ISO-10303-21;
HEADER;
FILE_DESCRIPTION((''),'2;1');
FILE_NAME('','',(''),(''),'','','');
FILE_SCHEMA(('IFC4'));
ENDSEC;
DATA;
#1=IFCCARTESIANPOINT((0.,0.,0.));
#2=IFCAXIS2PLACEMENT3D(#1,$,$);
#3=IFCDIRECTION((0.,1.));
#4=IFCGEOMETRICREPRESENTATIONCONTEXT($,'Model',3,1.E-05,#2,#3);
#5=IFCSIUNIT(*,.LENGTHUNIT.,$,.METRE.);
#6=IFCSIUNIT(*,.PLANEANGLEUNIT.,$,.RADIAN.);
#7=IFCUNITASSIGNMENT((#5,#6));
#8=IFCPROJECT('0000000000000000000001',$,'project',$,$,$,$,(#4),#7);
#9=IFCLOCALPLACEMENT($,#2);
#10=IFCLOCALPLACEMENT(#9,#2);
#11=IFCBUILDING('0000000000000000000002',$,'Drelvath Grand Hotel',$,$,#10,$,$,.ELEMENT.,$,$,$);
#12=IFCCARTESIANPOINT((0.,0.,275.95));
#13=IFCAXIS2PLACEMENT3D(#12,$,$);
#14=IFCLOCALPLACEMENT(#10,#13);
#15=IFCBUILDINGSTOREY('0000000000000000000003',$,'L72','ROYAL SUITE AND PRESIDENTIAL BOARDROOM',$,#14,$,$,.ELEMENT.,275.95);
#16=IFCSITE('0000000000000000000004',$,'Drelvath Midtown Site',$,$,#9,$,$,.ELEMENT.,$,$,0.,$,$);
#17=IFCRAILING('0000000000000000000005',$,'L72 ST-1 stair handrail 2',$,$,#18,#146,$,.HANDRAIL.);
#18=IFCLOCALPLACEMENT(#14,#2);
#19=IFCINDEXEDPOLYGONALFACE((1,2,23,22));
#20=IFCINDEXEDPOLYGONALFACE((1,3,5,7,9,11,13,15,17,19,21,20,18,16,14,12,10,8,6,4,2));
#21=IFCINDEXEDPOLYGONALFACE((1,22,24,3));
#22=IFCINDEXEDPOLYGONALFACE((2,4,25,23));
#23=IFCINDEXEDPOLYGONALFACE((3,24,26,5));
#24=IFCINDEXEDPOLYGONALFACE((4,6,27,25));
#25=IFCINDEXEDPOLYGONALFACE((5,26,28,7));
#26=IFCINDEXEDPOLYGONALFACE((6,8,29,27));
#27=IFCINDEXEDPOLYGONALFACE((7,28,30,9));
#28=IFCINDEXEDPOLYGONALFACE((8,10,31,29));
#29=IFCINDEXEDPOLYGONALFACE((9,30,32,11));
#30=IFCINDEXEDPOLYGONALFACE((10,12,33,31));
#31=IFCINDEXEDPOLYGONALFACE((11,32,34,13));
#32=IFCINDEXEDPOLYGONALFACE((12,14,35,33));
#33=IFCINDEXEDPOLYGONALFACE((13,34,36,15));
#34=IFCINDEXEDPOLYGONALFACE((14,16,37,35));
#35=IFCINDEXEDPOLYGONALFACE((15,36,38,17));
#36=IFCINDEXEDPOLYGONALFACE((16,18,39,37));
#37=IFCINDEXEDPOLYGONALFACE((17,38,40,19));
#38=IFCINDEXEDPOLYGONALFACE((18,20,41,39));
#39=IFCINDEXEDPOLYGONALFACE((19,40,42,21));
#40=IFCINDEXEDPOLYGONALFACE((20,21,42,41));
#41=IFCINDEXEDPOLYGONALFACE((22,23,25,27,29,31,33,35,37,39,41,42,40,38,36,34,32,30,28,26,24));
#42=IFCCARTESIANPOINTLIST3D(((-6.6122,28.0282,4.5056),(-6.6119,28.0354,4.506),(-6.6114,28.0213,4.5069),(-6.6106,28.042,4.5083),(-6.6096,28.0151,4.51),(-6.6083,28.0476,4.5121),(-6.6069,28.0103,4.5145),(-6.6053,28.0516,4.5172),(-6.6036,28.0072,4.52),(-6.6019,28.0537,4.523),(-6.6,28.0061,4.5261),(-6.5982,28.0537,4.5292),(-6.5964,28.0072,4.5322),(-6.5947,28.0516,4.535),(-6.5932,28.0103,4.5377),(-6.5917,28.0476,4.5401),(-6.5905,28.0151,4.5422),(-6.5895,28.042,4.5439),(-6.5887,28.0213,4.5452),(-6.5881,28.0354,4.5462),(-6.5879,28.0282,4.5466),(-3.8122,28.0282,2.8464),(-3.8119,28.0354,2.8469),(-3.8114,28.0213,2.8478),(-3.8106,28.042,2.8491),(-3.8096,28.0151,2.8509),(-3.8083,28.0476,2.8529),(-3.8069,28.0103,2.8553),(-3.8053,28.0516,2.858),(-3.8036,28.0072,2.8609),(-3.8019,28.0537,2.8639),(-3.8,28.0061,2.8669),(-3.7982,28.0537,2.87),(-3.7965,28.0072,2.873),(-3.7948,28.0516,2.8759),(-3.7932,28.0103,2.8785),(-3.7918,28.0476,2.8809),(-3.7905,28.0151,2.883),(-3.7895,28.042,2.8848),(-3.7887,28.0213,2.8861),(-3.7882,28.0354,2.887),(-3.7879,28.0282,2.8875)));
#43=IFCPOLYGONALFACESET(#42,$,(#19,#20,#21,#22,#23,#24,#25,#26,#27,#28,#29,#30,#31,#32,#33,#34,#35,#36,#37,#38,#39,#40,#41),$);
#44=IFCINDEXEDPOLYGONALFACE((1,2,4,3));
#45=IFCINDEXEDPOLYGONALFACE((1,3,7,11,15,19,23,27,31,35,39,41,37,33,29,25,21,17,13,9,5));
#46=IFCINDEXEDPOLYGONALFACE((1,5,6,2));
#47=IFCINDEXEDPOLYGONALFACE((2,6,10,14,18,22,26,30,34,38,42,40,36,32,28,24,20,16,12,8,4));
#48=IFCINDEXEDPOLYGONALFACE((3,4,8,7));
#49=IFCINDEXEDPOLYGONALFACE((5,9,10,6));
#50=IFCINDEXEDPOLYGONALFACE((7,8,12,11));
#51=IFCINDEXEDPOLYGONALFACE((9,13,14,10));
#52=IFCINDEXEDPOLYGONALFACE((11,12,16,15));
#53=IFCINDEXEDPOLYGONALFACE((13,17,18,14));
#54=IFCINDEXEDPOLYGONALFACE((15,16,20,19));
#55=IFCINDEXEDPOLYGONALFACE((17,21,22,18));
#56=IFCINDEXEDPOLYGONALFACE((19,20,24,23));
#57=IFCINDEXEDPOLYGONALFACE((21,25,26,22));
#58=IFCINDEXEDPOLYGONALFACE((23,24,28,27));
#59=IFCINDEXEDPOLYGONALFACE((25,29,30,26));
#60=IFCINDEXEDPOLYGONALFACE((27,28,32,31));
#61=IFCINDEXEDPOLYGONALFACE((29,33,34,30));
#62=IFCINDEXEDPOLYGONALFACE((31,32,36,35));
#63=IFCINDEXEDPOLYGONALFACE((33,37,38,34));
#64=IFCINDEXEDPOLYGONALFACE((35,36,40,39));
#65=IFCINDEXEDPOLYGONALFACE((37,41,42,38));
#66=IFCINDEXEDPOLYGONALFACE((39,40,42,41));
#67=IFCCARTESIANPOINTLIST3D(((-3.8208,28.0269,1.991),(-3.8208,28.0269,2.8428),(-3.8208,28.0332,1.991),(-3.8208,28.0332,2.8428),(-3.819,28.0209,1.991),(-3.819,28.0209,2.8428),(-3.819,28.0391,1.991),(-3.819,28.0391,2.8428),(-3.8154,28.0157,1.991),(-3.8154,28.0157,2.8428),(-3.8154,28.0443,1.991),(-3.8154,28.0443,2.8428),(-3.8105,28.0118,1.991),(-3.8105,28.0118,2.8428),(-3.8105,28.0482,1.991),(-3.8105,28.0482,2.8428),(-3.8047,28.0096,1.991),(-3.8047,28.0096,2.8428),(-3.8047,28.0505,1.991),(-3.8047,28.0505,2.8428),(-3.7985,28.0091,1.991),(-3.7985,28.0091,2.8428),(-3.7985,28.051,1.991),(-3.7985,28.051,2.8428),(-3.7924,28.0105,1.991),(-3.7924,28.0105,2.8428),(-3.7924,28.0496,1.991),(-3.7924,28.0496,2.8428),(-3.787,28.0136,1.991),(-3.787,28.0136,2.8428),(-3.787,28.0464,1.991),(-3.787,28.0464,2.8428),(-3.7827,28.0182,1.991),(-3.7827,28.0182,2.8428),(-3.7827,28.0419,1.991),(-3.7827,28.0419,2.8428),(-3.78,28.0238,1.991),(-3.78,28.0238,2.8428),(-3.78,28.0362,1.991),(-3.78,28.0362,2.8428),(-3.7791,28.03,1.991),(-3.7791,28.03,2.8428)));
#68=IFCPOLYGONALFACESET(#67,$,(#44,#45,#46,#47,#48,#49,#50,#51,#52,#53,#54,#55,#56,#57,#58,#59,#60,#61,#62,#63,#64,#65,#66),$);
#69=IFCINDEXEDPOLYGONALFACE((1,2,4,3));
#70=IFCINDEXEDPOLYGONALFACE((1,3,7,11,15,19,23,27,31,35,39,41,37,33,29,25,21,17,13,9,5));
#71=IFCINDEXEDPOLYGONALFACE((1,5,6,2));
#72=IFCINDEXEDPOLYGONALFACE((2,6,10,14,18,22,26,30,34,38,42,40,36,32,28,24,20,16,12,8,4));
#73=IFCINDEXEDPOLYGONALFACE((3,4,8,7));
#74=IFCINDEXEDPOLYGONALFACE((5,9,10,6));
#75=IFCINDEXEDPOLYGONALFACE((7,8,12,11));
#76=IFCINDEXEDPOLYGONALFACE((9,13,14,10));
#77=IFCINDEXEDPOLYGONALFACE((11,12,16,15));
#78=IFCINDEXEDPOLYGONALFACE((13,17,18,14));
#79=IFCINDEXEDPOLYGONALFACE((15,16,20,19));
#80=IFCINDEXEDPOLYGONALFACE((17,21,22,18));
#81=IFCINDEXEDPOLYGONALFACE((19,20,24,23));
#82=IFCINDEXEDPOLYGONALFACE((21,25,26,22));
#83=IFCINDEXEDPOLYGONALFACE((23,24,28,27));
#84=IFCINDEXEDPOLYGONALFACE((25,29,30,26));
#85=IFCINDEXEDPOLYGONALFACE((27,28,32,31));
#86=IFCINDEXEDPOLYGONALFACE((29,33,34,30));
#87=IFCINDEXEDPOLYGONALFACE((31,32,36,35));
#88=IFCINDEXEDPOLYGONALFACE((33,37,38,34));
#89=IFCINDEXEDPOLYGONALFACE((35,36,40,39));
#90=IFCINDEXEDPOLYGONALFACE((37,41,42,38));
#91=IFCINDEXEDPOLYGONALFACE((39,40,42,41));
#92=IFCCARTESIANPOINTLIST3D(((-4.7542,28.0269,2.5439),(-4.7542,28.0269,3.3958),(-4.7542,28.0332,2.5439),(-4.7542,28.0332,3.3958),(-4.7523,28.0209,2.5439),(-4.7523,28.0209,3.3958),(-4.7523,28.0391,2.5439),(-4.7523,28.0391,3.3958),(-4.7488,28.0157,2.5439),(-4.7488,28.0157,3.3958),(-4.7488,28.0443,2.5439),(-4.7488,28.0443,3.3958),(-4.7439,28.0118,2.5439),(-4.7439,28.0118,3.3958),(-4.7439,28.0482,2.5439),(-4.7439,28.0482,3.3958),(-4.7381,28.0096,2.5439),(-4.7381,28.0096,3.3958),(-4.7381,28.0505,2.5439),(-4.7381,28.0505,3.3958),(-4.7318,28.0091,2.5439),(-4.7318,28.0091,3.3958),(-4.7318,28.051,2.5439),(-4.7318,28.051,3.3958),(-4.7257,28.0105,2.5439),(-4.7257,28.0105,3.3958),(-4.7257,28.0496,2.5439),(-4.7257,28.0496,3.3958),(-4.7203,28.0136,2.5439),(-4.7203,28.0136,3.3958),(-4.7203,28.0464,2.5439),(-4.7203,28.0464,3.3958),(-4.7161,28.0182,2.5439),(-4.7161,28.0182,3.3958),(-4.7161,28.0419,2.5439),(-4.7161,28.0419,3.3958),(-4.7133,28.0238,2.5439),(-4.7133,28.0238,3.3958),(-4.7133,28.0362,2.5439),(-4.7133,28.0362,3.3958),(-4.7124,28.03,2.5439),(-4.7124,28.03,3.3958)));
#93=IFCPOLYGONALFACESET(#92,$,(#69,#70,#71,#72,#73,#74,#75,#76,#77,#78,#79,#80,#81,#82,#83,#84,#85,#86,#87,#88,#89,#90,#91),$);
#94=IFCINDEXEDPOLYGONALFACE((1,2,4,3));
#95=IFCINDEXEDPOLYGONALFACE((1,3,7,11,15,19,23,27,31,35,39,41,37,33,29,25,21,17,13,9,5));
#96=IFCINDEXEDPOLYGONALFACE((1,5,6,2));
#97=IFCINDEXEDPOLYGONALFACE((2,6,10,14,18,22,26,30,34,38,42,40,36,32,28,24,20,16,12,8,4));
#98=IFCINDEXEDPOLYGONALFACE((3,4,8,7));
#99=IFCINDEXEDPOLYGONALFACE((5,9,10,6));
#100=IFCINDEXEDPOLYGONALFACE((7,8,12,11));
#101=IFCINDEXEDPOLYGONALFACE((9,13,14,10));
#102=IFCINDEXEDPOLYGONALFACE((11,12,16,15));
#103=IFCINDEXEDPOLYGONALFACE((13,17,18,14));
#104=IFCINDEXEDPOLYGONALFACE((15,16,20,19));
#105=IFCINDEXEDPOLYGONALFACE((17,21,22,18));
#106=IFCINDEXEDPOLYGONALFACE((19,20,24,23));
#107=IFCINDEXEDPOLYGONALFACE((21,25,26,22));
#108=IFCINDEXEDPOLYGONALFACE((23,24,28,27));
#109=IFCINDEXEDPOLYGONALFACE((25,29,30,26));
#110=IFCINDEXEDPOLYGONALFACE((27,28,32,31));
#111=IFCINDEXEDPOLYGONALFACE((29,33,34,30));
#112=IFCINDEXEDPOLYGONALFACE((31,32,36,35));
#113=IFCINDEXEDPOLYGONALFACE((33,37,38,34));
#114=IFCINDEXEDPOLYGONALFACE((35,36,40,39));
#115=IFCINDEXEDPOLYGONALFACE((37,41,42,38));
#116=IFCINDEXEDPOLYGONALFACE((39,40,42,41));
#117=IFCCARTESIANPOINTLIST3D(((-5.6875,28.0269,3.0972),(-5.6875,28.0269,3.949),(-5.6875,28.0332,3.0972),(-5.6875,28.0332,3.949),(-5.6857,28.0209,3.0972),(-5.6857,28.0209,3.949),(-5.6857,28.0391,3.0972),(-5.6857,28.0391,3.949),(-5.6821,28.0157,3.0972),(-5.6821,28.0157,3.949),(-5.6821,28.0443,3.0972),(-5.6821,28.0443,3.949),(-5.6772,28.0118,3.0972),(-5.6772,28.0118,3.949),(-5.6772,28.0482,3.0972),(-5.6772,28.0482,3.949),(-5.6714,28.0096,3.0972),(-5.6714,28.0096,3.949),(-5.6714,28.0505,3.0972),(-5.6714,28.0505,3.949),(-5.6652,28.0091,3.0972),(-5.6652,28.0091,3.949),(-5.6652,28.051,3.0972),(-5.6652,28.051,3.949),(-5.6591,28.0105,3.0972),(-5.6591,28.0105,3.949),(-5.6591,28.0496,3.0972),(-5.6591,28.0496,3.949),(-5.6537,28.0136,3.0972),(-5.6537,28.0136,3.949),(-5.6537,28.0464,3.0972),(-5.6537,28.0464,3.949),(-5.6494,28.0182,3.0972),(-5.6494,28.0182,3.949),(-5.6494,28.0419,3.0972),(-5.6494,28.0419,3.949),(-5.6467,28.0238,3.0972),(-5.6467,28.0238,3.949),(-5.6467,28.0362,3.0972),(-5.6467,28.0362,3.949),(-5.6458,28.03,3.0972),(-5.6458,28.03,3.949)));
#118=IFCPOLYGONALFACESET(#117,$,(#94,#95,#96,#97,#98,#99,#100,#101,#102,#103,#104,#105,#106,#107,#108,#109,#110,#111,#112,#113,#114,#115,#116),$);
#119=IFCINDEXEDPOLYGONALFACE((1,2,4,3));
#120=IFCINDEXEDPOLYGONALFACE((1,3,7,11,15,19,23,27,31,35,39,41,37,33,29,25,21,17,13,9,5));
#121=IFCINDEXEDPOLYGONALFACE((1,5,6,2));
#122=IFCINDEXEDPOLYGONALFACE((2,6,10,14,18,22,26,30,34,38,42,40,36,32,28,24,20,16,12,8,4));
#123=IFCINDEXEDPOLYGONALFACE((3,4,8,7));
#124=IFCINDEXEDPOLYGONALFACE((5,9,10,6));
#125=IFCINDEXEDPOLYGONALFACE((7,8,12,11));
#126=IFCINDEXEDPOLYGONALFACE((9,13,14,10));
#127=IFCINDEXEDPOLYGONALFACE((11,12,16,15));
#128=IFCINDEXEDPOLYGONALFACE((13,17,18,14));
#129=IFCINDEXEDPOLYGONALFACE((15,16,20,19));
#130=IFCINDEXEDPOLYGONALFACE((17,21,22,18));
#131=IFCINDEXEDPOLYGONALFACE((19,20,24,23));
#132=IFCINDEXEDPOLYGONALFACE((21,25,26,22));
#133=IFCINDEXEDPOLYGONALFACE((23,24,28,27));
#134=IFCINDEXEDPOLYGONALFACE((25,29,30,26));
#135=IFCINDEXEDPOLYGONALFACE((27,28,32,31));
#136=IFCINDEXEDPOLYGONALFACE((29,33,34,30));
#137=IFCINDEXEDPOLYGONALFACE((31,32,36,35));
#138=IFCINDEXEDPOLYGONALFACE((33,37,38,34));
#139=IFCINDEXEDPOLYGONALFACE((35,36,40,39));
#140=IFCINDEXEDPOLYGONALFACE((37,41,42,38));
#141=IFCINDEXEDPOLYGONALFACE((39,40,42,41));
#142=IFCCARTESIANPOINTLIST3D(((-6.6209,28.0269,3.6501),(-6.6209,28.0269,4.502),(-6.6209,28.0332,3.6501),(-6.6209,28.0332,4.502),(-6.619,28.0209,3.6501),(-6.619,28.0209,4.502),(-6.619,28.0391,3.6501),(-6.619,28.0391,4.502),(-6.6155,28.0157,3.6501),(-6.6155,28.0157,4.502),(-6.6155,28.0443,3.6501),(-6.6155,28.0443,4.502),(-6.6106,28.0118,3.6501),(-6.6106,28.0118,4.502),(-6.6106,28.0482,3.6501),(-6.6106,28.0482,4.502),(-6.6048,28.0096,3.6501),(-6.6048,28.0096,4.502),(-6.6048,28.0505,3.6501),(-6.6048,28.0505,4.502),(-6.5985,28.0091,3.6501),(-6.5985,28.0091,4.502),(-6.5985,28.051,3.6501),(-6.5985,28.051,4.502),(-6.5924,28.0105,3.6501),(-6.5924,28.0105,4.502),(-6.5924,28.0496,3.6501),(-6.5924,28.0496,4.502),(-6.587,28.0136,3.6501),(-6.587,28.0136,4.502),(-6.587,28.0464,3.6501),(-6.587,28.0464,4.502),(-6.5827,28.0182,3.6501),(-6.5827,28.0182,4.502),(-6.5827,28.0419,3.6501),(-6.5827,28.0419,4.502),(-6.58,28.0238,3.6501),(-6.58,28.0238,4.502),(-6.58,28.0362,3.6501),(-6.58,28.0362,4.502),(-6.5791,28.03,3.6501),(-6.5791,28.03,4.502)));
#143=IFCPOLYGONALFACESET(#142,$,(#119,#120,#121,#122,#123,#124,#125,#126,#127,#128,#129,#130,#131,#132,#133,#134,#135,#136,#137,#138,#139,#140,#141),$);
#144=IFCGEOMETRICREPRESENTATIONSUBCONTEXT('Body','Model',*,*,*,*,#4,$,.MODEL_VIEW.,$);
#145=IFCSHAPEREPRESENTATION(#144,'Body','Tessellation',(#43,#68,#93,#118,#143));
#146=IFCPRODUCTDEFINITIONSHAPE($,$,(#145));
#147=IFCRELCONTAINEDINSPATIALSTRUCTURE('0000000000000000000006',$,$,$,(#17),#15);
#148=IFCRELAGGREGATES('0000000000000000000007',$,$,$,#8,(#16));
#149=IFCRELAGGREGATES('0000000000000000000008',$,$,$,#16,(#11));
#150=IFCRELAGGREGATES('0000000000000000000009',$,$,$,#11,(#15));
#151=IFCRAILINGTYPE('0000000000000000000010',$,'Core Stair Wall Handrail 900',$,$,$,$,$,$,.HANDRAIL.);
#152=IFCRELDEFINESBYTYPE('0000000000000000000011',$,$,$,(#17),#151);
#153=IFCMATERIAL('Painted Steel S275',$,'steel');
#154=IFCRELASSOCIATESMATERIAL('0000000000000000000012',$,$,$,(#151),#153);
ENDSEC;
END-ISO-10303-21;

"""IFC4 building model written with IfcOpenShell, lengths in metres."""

from ifc_helpers import new_model, si_unit, direction, frame, origin, origin_2d, place, context, subcontext, project, spatial, circle, extrude, material, type_object, element, save


model = new_model("IFC4")

# Units and contexts
model_context = context("Model", 3, precision=1e-05, world=origin(), true_north=direction((0.0, 1.0)))
body_context = subcontext(model_context, "Body", "Model", "MODEL_VIEW")
ifc_project = project(units=[si_unit("LENGTHUNIT", "METRE"), si_unit("PLANEANGLEUNIT", "RADIAN")], contexts=[model_context])

# Site, building, storey
site_placement = place(None, origin())
site = spatial("IfcSite", under=ifc_project, at=site_placement, Name="Drelvath Midtown Site", CompositionType="ELEMENT", RefElevation=0.0)
building_placement = place(site_placement, origin())
building = spatial("IfcBuilding", under=site, at=building_placement, Name="Drelvath Grand Hotel", CompositionType="ELEMENT")
storey_placement = place(building_placement, frame((0.0, 0.0, 275.95)))
storey = spatial("IfcBuildingStorey", under=building, at=storey_placement, Name="L72", Description="ROYAL SUITE AND PRESIDENTIAL BOARDROOM", CompositionType="ELEMENT", Elevation=275.95)

# Shared definitions
ifc_material_1 = material(Name="Painted Steel S275", Category="steel")

# Railing
railing_type = type_object("IfcRailingType", Name="Core Stair Wall Handrail 900", PredefinedType="HANDRAIL", material=ifc_material_1)
railing_placement = place(storey_placement, frame((-3.8, 28.03, 1.991)))
element("IfcRailing", 1, at=railing_placement, inside=storey, type_object=railing_type, Name="L72 ST-1 stair handrail 2", PredefinedType="HANDRAIL", context=body_context, shape_type="SweptSolid", body=[
    extrude(circle(Radius=0.0239, at=origin_2d()), frame((0.0, 0.0, 0.876), z_axis=(-0.860306, 0.0, 0.509778), x_axis=(0.0, -1.0, 0.0)), (0.0, 0.0, 1.0), 3.2546),
    extrude(circle(Radius=0.021, at=origin_2d()), origin(), (0.0, 0.0, 1.0), 0.8518),
    extrude(circle(Radius=0.021, at=origin_2d()), frame((-0.9333, 0.0, 0.553)), (0.0, 0.0, 1.0), 0.8518),
    extrude(circle(Radius=0.021, at=origin_2d()), frame((-1.8667, 0.0, 1.1062)), (0.0, 0.0, 1.0), 0.8518),
    extrude(circle(Radius=0.021, at=origin_2d()), frame((-2.8, 0.0, 1.6592)), (0.0, 0.0, 1.0), 0.8518),
])

save(model, "model.ifc")
